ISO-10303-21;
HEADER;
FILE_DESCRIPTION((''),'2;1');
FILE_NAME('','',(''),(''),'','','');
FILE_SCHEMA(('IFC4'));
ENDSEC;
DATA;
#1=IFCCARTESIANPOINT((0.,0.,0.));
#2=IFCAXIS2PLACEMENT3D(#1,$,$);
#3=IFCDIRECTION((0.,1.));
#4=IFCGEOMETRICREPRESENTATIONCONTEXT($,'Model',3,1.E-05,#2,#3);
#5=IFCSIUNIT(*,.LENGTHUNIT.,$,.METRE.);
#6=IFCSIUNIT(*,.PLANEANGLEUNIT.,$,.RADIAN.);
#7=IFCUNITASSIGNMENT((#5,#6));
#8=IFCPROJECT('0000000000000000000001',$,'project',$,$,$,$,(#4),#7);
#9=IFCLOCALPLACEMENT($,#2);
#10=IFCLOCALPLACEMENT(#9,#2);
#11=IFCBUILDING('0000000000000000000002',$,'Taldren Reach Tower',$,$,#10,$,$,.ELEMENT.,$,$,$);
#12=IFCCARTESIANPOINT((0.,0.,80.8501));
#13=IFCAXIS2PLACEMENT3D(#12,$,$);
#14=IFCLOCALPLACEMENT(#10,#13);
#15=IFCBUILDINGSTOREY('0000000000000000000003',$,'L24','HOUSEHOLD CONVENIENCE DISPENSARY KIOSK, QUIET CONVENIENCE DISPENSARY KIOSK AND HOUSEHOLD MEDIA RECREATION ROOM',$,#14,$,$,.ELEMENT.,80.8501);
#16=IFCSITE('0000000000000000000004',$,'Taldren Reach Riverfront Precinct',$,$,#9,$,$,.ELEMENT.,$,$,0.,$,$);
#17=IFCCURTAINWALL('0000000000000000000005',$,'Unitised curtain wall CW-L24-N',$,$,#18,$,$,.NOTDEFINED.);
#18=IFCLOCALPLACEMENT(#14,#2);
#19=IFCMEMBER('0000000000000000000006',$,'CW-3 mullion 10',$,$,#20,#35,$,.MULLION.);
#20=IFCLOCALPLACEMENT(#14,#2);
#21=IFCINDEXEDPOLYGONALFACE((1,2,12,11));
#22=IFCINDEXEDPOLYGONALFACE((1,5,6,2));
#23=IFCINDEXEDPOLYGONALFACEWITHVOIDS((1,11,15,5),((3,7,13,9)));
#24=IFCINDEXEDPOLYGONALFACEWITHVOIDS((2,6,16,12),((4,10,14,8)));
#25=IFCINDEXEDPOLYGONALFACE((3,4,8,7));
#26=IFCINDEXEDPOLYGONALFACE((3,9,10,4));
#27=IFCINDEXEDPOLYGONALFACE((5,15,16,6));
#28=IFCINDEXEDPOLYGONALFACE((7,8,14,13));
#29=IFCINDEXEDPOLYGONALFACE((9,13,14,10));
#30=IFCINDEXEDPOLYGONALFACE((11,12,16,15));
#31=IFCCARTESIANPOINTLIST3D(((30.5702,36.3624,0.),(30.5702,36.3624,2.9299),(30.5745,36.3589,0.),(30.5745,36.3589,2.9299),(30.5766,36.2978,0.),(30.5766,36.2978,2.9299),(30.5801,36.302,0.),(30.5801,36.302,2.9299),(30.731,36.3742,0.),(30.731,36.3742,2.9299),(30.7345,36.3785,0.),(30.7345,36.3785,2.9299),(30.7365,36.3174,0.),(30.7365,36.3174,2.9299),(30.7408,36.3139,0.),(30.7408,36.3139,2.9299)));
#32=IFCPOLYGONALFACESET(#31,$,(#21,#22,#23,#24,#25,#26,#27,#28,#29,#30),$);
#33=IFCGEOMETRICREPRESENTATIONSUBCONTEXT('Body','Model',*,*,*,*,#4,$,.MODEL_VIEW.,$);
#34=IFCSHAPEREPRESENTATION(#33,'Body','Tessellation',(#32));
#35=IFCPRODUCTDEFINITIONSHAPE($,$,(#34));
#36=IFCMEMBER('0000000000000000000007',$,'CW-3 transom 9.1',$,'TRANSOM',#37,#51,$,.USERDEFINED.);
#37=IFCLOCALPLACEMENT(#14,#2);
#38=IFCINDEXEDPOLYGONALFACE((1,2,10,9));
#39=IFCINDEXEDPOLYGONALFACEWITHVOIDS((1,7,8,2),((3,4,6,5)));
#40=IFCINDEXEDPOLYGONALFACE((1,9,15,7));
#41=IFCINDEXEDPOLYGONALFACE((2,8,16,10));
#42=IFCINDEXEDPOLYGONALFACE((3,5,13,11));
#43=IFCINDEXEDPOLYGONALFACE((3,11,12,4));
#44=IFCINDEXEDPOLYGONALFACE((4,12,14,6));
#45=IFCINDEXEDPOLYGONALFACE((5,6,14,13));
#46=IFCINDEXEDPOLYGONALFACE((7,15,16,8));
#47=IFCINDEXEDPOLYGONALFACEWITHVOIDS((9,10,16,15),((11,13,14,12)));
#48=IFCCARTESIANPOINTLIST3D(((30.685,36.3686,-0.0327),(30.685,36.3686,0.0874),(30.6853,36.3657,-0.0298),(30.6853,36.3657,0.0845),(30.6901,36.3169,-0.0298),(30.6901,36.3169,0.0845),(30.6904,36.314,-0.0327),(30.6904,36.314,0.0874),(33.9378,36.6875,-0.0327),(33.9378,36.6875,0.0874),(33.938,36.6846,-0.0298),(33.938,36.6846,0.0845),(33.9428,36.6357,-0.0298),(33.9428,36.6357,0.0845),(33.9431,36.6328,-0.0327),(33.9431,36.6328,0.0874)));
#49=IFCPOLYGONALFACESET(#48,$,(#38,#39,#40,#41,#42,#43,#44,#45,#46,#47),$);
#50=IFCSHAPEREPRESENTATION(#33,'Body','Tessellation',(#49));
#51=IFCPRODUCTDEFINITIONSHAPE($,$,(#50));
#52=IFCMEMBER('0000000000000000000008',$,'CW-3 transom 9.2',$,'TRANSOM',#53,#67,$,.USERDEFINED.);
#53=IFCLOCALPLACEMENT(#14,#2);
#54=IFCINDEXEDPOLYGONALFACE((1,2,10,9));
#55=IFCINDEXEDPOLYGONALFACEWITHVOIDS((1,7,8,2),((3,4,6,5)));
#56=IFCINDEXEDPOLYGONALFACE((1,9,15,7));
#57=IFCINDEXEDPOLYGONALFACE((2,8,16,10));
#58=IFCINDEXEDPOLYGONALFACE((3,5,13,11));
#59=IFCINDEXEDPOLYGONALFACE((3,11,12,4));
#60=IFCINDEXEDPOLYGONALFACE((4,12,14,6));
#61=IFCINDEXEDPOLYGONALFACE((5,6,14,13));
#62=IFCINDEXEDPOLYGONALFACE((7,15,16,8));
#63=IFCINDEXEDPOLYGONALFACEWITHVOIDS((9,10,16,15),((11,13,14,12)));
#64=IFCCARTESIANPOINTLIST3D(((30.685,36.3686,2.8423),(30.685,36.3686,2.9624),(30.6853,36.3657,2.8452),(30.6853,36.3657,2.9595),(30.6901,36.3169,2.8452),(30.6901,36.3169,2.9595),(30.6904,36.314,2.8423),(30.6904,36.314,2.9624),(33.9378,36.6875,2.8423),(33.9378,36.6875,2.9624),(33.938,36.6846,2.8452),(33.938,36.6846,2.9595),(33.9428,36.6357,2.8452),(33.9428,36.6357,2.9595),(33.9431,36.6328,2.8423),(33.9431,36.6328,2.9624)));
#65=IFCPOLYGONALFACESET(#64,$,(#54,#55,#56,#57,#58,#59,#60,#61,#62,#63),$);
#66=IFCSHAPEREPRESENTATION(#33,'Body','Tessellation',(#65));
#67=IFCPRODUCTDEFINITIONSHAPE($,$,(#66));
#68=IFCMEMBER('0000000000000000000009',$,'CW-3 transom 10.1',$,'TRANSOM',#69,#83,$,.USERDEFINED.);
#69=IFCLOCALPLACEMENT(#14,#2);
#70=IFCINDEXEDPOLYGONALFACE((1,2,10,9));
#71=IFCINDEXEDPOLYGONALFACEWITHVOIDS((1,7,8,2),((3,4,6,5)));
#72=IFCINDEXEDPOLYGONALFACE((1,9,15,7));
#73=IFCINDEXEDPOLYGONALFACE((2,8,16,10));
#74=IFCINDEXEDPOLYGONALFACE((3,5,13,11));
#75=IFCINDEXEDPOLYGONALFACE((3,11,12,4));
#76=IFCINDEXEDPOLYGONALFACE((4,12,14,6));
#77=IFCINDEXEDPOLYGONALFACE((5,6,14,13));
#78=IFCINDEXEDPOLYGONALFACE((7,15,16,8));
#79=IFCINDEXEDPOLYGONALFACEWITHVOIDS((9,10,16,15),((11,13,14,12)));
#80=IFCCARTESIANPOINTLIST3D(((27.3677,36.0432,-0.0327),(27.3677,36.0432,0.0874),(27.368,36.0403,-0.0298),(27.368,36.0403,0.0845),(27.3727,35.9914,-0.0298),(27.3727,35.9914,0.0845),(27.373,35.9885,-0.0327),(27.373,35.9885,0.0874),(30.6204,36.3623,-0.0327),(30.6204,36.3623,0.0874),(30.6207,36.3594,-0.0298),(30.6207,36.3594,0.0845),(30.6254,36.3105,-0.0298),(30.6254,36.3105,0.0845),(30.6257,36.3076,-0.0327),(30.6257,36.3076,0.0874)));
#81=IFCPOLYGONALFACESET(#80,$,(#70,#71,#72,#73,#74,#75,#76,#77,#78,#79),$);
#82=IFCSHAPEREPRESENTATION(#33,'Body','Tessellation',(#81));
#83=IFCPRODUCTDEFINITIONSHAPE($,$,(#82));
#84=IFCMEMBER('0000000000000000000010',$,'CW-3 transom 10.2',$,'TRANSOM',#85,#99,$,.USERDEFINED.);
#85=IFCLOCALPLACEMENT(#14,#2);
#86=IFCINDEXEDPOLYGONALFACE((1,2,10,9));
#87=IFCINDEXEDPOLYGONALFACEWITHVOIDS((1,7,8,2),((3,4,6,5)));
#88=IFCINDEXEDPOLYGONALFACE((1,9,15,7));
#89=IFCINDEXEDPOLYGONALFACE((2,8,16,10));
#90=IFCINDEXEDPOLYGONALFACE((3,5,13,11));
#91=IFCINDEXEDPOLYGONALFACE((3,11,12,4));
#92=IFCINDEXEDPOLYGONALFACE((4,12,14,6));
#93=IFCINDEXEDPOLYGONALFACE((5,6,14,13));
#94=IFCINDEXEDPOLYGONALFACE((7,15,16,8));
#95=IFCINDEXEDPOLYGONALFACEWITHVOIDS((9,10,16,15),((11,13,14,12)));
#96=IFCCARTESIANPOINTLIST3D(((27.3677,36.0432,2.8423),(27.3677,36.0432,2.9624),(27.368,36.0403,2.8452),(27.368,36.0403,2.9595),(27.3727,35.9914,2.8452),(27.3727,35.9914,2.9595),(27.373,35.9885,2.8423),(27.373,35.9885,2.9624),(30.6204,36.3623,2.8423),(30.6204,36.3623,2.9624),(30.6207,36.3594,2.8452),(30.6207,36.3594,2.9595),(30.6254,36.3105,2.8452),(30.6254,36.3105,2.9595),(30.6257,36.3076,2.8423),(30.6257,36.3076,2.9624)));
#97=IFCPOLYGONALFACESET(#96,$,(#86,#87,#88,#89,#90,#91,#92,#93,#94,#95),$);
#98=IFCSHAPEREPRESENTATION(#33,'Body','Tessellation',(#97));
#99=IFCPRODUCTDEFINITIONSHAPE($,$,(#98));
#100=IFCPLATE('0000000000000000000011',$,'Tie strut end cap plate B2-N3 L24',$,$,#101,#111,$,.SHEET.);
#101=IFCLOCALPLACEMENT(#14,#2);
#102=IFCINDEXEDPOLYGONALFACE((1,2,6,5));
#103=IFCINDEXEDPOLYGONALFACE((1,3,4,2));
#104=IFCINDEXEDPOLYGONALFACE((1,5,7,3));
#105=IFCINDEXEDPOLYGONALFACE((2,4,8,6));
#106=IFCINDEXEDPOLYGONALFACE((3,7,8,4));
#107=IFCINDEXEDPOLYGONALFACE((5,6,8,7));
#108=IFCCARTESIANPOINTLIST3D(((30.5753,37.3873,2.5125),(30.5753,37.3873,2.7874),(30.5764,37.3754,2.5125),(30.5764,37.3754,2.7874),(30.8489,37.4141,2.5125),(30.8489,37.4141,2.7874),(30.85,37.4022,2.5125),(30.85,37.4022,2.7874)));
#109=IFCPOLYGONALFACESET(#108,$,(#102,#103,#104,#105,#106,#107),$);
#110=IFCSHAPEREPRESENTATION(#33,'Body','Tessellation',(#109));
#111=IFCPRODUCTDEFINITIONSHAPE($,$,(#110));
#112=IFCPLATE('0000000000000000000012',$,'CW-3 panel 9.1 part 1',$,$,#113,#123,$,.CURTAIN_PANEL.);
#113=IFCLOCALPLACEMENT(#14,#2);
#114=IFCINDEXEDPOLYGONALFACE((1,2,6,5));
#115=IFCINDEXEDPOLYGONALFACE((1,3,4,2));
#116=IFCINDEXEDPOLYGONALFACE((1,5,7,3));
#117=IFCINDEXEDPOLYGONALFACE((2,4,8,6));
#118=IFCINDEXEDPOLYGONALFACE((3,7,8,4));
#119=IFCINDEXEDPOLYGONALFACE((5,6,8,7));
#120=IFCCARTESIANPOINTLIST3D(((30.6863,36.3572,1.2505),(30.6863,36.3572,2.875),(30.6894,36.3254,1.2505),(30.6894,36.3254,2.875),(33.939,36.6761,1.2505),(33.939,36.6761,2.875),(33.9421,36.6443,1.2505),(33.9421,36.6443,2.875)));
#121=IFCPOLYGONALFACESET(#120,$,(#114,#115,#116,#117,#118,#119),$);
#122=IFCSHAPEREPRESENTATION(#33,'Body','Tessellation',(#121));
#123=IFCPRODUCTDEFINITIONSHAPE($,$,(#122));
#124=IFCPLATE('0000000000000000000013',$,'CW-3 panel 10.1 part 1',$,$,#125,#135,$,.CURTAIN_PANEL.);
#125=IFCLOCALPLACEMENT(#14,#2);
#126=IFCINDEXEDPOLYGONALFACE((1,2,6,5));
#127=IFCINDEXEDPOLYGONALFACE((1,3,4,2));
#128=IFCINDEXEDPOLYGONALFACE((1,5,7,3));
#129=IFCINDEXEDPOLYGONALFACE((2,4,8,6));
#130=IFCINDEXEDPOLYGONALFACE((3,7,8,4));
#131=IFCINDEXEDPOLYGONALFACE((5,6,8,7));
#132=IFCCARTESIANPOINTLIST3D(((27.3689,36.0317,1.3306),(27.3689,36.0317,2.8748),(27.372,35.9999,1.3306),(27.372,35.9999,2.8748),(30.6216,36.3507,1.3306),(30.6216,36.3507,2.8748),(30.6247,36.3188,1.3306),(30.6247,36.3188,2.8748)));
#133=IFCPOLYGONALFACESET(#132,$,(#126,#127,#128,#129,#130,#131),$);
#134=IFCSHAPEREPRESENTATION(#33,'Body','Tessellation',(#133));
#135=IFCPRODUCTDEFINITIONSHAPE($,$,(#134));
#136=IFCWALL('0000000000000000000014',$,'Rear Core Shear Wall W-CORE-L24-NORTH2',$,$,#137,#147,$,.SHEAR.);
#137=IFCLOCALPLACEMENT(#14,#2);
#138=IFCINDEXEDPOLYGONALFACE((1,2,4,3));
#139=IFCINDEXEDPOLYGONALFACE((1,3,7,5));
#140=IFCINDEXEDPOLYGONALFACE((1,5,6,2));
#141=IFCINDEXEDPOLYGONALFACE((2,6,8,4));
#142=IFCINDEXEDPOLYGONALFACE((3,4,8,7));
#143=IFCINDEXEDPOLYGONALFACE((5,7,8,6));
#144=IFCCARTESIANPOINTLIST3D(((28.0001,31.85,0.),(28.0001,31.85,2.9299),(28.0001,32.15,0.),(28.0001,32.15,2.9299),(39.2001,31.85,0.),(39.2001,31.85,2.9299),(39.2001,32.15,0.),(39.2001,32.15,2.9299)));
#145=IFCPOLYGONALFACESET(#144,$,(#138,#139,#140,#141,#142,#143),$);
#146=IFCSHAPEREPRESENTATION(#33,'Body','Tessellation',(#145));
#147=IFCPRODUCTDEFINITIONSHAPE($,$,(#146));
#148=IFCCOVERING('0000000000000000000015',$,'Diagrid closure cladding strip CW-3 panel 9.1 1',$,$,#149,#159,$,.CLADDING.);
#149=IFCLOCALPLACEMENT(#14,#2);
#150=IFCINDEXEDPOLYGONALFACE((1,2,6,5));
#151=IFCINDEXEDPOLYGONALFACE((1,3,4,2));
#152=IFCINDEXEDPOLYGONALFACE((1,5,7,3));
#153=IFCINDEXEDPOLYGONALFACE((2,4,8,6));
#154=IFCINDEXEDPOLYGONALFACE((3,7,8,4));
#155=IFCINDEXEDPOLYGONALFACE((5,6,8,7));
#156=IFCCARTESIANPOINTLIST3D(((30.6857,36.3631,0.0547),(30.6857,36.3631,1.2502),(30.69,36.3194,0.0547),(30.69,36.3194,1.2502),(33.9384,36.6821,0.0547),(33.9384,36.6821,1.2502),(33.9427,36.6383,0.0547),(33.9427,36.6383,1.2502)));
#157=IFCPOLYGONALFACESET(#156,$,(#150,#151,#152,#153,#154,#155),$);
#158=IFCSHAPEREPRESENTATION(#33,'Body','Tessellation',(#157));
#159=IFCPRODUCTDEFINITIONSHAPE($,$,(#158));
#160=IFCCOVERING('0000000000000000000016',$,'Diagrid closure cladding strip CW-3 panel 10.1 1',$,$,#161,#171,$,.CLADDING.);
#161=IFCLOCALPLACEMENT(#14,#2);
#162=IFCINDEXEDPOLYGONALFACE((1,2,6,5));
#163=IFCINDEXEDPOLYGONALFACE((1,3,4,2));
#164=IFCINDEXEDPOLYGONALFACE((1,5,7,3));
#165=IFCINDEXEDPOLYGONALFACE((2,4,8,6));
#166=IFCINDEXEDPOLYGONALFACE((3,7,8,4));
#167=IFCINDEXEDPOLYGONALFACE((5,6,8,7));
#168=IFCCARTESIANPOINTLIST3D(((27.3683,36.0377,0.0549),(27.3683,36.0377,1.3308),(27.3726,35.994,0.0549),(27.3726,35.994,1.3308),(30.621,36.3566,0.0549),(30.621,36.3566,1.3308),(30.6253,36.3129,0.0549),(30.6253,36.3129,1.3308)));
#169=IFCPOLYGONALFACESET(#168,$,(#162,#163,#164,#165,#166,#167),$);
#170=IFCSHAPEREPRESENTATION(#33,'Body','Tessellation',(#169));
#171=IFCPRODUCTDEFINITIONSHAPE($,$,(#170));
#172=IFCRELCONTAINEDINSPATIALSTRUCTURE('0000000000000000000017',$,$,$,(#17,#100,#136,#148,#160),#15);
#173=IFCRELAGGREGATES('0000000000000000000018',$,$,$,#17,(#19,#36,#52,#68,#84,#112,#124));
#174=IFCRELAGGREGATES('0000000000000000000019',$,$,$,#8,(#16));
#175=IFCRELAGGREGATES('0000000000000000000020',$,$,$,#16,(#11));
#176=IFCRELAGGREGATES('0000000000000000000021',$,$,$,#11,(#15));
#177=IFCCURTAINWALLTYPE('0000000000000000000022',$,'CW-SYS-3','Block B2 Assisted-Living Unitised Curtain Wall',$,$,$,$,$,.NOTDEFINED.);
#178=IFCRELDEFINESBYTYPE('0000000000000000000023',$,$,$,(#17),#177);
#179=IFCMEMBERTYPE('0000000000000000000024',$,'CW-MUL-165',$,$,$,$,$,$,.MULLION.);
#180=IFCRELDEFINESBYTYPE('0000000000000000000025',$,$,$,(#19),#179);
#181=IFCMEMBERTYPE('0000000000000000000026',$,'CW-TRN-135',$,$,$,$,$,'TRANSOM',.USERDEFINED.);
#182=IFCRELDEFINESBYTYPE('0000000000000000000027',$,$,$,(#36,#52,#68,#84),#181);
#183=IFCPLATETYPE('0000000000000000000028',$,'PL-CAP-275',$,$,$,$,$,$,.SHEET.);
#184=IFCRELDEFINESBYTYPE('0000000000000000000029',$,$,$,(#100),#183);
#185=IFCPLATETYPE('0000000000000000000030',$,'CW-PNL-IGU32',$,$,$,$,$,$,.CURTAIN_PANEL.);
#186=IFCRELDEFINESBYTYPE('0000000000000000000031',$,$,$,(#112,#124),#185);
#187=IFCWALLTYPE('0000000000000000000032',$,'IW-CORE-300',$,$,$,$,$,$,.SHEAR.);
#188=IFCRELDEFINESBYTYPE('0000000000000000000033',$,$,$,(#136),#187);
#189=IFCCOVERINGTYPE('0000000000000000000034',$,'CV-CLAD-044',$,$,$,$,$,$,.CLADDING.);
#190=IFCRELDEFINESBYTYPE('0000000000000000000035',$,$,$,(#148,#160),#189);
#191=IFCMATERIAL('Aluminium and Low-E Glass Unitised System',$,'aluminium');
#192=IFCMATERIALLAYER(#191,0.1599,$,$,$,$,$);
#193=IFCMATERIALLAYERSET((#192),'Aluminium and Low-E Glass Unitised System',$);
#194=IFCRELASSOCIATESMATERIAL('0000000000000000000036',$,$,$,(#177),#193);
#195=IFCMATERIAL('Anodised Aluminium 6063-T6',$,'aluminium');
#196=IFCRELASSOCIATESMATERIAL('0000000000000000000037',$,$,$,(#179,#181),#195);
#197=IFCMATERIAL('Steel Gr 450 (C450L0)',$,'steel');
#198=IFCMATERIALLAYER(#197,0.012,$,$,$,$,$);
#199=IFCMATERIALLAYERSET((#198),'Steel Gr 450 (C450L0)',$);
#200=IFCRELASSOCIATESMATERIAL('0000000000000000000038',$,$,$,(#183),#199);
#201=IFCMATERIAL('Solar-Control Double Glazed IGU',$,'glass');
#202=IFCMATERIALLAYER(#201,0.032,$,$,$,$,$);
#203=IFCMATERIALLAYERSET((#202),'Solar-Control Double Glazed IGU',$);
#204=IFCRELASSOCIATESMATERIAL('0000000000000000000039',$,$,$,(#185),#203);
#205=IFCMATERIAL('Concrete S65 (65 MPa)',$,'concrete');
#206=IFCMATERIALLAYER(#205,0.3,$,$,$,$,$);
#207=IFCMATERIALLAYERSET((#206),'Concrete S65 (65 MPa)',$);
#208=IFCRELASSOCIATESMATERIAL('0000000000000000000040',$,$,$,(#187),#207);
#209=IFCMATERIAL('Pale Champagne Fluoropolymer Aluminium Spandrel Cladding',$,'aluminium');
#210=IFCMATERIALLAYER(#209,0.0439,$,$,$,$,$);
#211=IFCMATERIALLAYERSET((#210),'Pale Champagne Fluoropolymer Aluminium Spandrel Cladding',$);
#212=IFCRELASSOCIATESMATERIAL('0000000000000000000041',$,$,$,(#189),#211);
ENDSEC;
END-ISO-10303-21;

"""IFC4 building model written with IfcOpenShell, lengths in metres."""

from ifc_helpers import new_model, si_unit, direction, frame, frame_2d, origin, origin_2d, place, context, subcontext, project, spatial, rectangle, hollow_rectangle, extrude, source, transform, mapped, material, layer, layer_set, material_profile, profile_set, type_object, element, aggregate, save


model = new_model("IFC4")

# Units and contexts
model_context = context("Model", 3, precision=1e-05, world=origin(), true_north=direction((0.0, 1.0)))
body_context = subcontext(model_context, "Body", "Model", "MODEL_VIEW")
ifc_project = project(units=[si_unit("LENGTHUNIT", "METRE"), si_unit("PLANEANGLEUNIT", "RADIAN")], contexts=[model_context])

# Site, building, storey
site_placement = place(None, origin())
site = spatial("IfcSite", under=ifc_project, at=site_placement, Name="Taldren Reach Riverfront Precinct", CompositionType="ELEMENT", RefElevation=0.0)
building_placement = place(site_placement, origin())
building = spatial("IfcBuilding", under=site, at=building_placement, Name="Taldren Reach Tower", CompositionType="ELEMENT")
storey_placement = place(building_placement, frame((0.0, 0.0, 80.8501)))
storey = spatial("IfcBuildingStorey", under=building, at=storey_placement, Name="L24", Description="HOUSEHOLD CONVENIENCE DISPENSARY KIOSK, QUIET CONVENIENCE DISPENSARY KIOSK AND HOUSEHOLD MEDIA RECREATION ROOM", CompositionType="ELEMENT", Elevation=80.8501)

# Shared definitions
ifc_material_1 = material(Name="Steel Gr 450 (C450L0)", Category="steel")

# Curtain wall, members
ifc_material_2 = material(Name="Aluminium and Low-E Glass Unitised System", Category="aluminium")
ifc_layer_1 = layer(ifc_material_2, 0.1599)
ifc_layer_set_1 = layer_set([ifc_layer_1], Name="Aluminium and Low-E Glass Unitised System")
curtain_wall_type = type_object("IfcCurtainWallType", Name="CW-SYS-3", Description="Block B2 Assisted-Living Unitised Curtain Wall", PredefinedType="NOTDEFINED", material=ifc_layer_set_1)
curtain_wall_placement = place(storey_placement, origin())
curtain_wall = element("IfcCurtainWall", 1, at=curtain_wall_placement, inside=storey, type_object=curtain_wall_type, Name="Unitised curtain wall CW-L24-N", PredefinedType="NOTDEFINED")
ifc_material_3 = material(Name="Anodised Aluminium 6063-T6", Category="aluminium")
ifc_material_profile_1 = material_profile(ifc_material_3, hollow_rectangle(XDim=0.0649, YDim=0.165, WallThickness=0.0039, at=origin_2d()), Name="ALU-165x65x4RHS")
ifc_profile_set_1 = profile_set([ifc_material_profile_1], Name="Anodised Aluminium 6063-T6")
member_type_1 = type_object("IfcMemberType", Name="CW-MUL-165", PredefinedType="MULLION", material=ifc_profile_set_1)
shared_shape_1 = source(origin(), body_context, "Body", "SweptSolid", [
    extrude(hollow_rectangle(XDim=0.0649, YDim=0.165, WallThickness=0.0039, at=origin_2d()), origin(), (0.0, 0.0, 1.0), 2.9299),
])
member_1_placement = place(storey_placement, frame((30.6555, 36.3381, 0.0), z_axis=(0.0, 0.0, 1.0), x_axis=(0.097583, -0.995227, 0.0)))
member_1 = element("IfcMember", 2, at=member_1_placement, type_object=member_type_1, Name="CW-3 mullion 10", PredefinedType="MULLION", context=body_context, shape_type="MappedRepresentation", body=[
    mapped(shared_shape_1, transform((0.0, 0.0, 0.0), scale=1.0)),
])
ifc_material_profile_2 = material_profile(ifc_material_3, hollow_rectangle(XDim=0.0549, YDim=0.1201, WallThickness=0.0029, at=origin_2d()), Name="ALU-120x55x3RHS")
ifc_profile_set_2 = profile_set([ifc_material_profile_2], Name="Anodised Aluminium 6063-T6")
member_type_2 = type_object("IfcMemberType", Name="CW-TRN-135", ElementType="TRANSOM", PredefinedType="USERDEFINED", material=ifc_profile_set_2)
shared_shape_2 = source(origin(), body_context, "Body", "SweptSolid", [
    extrude(hollow_rectangle(XDim=0.0549, YDim=0.1201, WallThickness=0.0029, at=origin_2d()), origin(), (0.0, 0.0, 1.0), 3.2683),
])
member_2_placement = place(storey_placement, frame((33.9404, 36.6602, 0.0273), z_axis=(-0.99523, -0.097558, 0.0), x_axis=(0.097558, -0.99523, 0.0)))
member_2 = element("IfcMember", 3, at=member_2_placement, type_object=member_type_2, Name="CW-3 transom 9.1", ObjectType="TRANSOM", PredefinedType="USERDEFINED", context=body_context, shape_type="MappedRepresentation", body=[
    mapped(shared_shape_2, transform((0.0, 0.0, 0.0), scale=1.0)),
])
member_3_placement = place(storey_placement, frame((33.9404, 36.6602, 2.9023), z_axis=(-0.99523, -0.097558, 0.0), x_axis=(0.097558, -0.99523, 0.0)))
member_3 = element("IfcMember", 4, at=member_3_placement, type_object=member_type_2, Name="CW-3 transom 9.2", ObjectType="TRANSOM", PredefinedType="USERDEFINED", context=body_context, shape_type="MappedRepresentation", body=[
    mapped(shared_shape_2, transform((0.0, 0.0, 0.0), scale=1.0)),
])
member_4_placement = place(storey_placement, frame((30.623, 36.335, 0.0273), z_axis=(-0.995223, -0.097632, 0.0), x_axis=(0.097632, -0.995223, 0.0)))
member_4 = element("IfcMember", 5, at=member_4_placement, type_object=member_type_2, Name="CW-3 transom 10.1", ObjectType="TRANSOM", PredefinedType="USERDEFINED", context=body_context, shape_type="MappedRepresentation", body=[
    mapped(shared_shape_2, transform((0.0, 0.0, 0.0), scale=1.0)),
])
member_5_placement = place(storey_placement, frame((30.623, 36.335, 2.9023), z_axis=(-0.995223, -0.097632, 0.0), x_axis=(0.097632, -0.995223, 0.0)))
member_5 = element("IfcMember", 6, at=member_5_placement, type_object=member_type_2, Name="CW-3 transom 10.2", ObjectType="TRANSOM", PredefinedType="USERDEFINED", context=body_context, shape_type="MappedRepresentation", body=[
    mapped(shared_shape_2, transform((0.0, 0.0, 0.0), scale=1.0)),
])

# Plates
ifc_layer_2 = layer(ifc_material_1, 0.012)
ifc_layer_set_2 = layer_set([ifc_layer_2], Name="Steel Gr 450 (C450L0)")
plate_type_1 = type_object("IfcPlateType", Name="PL-CAP-275", PredefinedType="SHEET", material=ifc_layer_set_2)
shared_shape_3 = source(origin(), body_context, "Body", "SweptSolid", [
    extrude(rectangle(XDim=0.2749, YDim=0.012, at=origin_2d()), origin(), (0.0, 0.0, 1.0), 0.2749),
])
plate_1_placement = place(storey_placement, frame((30.7126, 37.3948, 2.5125), z_axis=(0.0, 0.0, 1.0), x_axis=(0.995227, 0.097583, 0.0)))
element("IfcPlate", 7, at=plate_1_placement, inside=storey, type_object=plate_type_1, Name="Tie strut end cap plate B2-N3 L24", PredefinedType="SHEET", context=body_context, shape_type="MappedRepresentation", body=[
    mapped(shared_shape_3, transform((0.0, 0.0, 0.0), scale=1.0)),
])
ifc_material_4 = material(Name="Solar-Control Double Glazed IGU", Category="glass")
ifc_layer_3 = layer(ifc_material_4, 0.032)
ifc_layer_set_3 = layer_set([ifc_layer_3], Name="Solar-Control Double Glazed IGU")
plate_type_2 = type_object("IfcPlateType", Name="CW-PNL-IGU32", PredefinedType="CURTAIN_PANEL", material=ifc_layer_set_3)
shared_shape_4 = source(origin(), body_context, "Body", "SweptSolid", [
    extrude(rectangle(XDim=3.2683, YDim=0.032, at=origin_2d()), origin(), (0.0, 0.0, 1.0), 1.6245),
])
plate_2_placement = place(storey_placement, frame((32.3142, 36.5007, 1.2505), z_axis=(0.0, 0.0, 1.0), x_axis=(-0.995227, -0.097583, 0.0)))
plate_2 = element("IfcPlate", 8, at=plate_2_placement, type_object=plate_type_2, Name="CW-3 panel 9.1 part 1", PredefinedType="CURTAIN_PANEL", context=body_context, shape_type="MappedRepresentation", body=[
    mapped(shared_shape_4, transform((0.0, 0.0, 0.0), scale=1.0)),
])
shared_shape_5 = source(origin(), body_context, "Body", "SweptSolid", [
    extrude(rectangle(XDim=3.2683, YDim=0.032, at=origin_2d()), origin(), (0.0, 0.0, 1.0), 1.5442),
])
plate_3_placement = place(storey_placement, frame((28.9968, 36.1753, 1.3306), z_axis=(0.0, 0.0, 1.0), x_axis=(-0.995227, -0.097583, 0.0)))
plate_3 = element("IfcPlate", 9, at=plate_3_placement, type_object=plate_type_2, Name="CW-3 panel 10.1 part 1", PredefinedType="CURTAIN_PANEL", context=body_context, shape_type="MappedRepresentation", body=[
    mapped(shared_shape_5, transform((0.0, 0.0, 0.0), scale=1.0)),
])
aggregate(curtain_wall, [member_1, member_2, member_3, member_4, member_5, plate_2, plate_3])

# Wall
ifc_material_5 = material(Name="Concrete S65 (65 MPa)", Category="concrete")
ifc_layer_4 = layer(ifc_material_5, 0.3)
ifc_layer_set_4 = layer_set([ifc_layer_4], Name="Concrete S65 (65 MPa)")
wall_type = type_object("IfcWallType", Name="IW-CORE-300", PredefinedType="SHEAR", material=ifc_layer_set_4)
shared_shape_6 = source(origin(), body_context, "Body", "SweptSolid", [
    extrude(rectangle(XDim=11.2, YDim=0.3, at=frame_2d((5.6001, 0.0))), origin(), (0.0, 0.0, 1.0), 2.9299),
])
wall_placement = place(storey_placement, frame((28.0, 32.0, 0.0), z_axis=(0.0, 0.0, 1.0), x_axis=(1.0, 0.0, 0.0)))
element("IfcWall", 10, at=wall_placement, inside=storey, type_object=wall_type, Name="Rear Core Shear Wall W-CORE-L24-NORTH2", PredefinedType="SHEAR", context=body_context, shape_type="MappedRepresentation", body=[
    mapped(shared_shape_6, transform((0.0, 0.0, 0.0), scale=1.0)),
])

# Coverings
ifc_material_6 = material(Name="Pale Champagne Fluoropolymer Aluminium Spandrel Cladding", Category="aluminium")
ifc_layer_5 = layer(ifc_material_6, 0.0439)
ifc_layer_set_5 = layer_set([ifc_layer_5], Name="Pale Champagne Fluoropolymer Aluminium Spandrel Cladding")
covering_type = type_object("IfcCoveringType", Name="CV-CLAD-044", PredefinedType="CLADDING", material=ifc_layer_set_5)
shared_shape_7 = source(origin(), body_context, "Body", "SweptSolid", [
    extrude(rectangle(XDim=3.2683, YDim=0.0439, at=origin_2d()), origin(), (0.0, 0.0, 1.0), 1.1956),
])
covering_1_placement = place(storey_placement, frame((32.3142, 36.5007, 0.0547), z_axis=(0.0, 0.0, 1.0), x_axis=(-0.995227, -0.097583, 0.0)))
element("IfcCovering", 11, at=covering_1_placement, inside=storey, type_object=covering_type, Name="Diagrid closure cladding strip CW-3 panel 9.1 1", PredefinedType="CLADDING", context=body_context, shape_type="MappedRepresentation", body=[
    mapped(shared_shape_7, transform((0.0, 0.0, 0.0), scale=1.0)),
])
shared_shape_8 = source(origin(), body_context, "Body", "SweptSolid", [
    extrude(rectangle(XDim=3.2683, YDim=0.0439, at=origin_2d()), origin(), (0.0, 0.0, 1.0), 1.2759),
])
covering_2_placement = place(storey_placement, frame((28.9968, 36.1753, 0.0549), z_axis=(0.0, 0.0, 1.0), x_axis=(-0.995227, -0.097583, 0.0)))
element("IfcCovering", 12, at=covering_2_placement, inside=storey, type_object=covering_type, Name="Diagrid closure cladding strip CW-3 panel 10.1 1", PredefinedType="CLADDING", context=body_context, shape_type="MappedRepresentation", body=[
    mapped(shared_shape_8, transform((0.0, 0.0, 0.0), scale=1.0)),
])

save(model, "model.ifc")
